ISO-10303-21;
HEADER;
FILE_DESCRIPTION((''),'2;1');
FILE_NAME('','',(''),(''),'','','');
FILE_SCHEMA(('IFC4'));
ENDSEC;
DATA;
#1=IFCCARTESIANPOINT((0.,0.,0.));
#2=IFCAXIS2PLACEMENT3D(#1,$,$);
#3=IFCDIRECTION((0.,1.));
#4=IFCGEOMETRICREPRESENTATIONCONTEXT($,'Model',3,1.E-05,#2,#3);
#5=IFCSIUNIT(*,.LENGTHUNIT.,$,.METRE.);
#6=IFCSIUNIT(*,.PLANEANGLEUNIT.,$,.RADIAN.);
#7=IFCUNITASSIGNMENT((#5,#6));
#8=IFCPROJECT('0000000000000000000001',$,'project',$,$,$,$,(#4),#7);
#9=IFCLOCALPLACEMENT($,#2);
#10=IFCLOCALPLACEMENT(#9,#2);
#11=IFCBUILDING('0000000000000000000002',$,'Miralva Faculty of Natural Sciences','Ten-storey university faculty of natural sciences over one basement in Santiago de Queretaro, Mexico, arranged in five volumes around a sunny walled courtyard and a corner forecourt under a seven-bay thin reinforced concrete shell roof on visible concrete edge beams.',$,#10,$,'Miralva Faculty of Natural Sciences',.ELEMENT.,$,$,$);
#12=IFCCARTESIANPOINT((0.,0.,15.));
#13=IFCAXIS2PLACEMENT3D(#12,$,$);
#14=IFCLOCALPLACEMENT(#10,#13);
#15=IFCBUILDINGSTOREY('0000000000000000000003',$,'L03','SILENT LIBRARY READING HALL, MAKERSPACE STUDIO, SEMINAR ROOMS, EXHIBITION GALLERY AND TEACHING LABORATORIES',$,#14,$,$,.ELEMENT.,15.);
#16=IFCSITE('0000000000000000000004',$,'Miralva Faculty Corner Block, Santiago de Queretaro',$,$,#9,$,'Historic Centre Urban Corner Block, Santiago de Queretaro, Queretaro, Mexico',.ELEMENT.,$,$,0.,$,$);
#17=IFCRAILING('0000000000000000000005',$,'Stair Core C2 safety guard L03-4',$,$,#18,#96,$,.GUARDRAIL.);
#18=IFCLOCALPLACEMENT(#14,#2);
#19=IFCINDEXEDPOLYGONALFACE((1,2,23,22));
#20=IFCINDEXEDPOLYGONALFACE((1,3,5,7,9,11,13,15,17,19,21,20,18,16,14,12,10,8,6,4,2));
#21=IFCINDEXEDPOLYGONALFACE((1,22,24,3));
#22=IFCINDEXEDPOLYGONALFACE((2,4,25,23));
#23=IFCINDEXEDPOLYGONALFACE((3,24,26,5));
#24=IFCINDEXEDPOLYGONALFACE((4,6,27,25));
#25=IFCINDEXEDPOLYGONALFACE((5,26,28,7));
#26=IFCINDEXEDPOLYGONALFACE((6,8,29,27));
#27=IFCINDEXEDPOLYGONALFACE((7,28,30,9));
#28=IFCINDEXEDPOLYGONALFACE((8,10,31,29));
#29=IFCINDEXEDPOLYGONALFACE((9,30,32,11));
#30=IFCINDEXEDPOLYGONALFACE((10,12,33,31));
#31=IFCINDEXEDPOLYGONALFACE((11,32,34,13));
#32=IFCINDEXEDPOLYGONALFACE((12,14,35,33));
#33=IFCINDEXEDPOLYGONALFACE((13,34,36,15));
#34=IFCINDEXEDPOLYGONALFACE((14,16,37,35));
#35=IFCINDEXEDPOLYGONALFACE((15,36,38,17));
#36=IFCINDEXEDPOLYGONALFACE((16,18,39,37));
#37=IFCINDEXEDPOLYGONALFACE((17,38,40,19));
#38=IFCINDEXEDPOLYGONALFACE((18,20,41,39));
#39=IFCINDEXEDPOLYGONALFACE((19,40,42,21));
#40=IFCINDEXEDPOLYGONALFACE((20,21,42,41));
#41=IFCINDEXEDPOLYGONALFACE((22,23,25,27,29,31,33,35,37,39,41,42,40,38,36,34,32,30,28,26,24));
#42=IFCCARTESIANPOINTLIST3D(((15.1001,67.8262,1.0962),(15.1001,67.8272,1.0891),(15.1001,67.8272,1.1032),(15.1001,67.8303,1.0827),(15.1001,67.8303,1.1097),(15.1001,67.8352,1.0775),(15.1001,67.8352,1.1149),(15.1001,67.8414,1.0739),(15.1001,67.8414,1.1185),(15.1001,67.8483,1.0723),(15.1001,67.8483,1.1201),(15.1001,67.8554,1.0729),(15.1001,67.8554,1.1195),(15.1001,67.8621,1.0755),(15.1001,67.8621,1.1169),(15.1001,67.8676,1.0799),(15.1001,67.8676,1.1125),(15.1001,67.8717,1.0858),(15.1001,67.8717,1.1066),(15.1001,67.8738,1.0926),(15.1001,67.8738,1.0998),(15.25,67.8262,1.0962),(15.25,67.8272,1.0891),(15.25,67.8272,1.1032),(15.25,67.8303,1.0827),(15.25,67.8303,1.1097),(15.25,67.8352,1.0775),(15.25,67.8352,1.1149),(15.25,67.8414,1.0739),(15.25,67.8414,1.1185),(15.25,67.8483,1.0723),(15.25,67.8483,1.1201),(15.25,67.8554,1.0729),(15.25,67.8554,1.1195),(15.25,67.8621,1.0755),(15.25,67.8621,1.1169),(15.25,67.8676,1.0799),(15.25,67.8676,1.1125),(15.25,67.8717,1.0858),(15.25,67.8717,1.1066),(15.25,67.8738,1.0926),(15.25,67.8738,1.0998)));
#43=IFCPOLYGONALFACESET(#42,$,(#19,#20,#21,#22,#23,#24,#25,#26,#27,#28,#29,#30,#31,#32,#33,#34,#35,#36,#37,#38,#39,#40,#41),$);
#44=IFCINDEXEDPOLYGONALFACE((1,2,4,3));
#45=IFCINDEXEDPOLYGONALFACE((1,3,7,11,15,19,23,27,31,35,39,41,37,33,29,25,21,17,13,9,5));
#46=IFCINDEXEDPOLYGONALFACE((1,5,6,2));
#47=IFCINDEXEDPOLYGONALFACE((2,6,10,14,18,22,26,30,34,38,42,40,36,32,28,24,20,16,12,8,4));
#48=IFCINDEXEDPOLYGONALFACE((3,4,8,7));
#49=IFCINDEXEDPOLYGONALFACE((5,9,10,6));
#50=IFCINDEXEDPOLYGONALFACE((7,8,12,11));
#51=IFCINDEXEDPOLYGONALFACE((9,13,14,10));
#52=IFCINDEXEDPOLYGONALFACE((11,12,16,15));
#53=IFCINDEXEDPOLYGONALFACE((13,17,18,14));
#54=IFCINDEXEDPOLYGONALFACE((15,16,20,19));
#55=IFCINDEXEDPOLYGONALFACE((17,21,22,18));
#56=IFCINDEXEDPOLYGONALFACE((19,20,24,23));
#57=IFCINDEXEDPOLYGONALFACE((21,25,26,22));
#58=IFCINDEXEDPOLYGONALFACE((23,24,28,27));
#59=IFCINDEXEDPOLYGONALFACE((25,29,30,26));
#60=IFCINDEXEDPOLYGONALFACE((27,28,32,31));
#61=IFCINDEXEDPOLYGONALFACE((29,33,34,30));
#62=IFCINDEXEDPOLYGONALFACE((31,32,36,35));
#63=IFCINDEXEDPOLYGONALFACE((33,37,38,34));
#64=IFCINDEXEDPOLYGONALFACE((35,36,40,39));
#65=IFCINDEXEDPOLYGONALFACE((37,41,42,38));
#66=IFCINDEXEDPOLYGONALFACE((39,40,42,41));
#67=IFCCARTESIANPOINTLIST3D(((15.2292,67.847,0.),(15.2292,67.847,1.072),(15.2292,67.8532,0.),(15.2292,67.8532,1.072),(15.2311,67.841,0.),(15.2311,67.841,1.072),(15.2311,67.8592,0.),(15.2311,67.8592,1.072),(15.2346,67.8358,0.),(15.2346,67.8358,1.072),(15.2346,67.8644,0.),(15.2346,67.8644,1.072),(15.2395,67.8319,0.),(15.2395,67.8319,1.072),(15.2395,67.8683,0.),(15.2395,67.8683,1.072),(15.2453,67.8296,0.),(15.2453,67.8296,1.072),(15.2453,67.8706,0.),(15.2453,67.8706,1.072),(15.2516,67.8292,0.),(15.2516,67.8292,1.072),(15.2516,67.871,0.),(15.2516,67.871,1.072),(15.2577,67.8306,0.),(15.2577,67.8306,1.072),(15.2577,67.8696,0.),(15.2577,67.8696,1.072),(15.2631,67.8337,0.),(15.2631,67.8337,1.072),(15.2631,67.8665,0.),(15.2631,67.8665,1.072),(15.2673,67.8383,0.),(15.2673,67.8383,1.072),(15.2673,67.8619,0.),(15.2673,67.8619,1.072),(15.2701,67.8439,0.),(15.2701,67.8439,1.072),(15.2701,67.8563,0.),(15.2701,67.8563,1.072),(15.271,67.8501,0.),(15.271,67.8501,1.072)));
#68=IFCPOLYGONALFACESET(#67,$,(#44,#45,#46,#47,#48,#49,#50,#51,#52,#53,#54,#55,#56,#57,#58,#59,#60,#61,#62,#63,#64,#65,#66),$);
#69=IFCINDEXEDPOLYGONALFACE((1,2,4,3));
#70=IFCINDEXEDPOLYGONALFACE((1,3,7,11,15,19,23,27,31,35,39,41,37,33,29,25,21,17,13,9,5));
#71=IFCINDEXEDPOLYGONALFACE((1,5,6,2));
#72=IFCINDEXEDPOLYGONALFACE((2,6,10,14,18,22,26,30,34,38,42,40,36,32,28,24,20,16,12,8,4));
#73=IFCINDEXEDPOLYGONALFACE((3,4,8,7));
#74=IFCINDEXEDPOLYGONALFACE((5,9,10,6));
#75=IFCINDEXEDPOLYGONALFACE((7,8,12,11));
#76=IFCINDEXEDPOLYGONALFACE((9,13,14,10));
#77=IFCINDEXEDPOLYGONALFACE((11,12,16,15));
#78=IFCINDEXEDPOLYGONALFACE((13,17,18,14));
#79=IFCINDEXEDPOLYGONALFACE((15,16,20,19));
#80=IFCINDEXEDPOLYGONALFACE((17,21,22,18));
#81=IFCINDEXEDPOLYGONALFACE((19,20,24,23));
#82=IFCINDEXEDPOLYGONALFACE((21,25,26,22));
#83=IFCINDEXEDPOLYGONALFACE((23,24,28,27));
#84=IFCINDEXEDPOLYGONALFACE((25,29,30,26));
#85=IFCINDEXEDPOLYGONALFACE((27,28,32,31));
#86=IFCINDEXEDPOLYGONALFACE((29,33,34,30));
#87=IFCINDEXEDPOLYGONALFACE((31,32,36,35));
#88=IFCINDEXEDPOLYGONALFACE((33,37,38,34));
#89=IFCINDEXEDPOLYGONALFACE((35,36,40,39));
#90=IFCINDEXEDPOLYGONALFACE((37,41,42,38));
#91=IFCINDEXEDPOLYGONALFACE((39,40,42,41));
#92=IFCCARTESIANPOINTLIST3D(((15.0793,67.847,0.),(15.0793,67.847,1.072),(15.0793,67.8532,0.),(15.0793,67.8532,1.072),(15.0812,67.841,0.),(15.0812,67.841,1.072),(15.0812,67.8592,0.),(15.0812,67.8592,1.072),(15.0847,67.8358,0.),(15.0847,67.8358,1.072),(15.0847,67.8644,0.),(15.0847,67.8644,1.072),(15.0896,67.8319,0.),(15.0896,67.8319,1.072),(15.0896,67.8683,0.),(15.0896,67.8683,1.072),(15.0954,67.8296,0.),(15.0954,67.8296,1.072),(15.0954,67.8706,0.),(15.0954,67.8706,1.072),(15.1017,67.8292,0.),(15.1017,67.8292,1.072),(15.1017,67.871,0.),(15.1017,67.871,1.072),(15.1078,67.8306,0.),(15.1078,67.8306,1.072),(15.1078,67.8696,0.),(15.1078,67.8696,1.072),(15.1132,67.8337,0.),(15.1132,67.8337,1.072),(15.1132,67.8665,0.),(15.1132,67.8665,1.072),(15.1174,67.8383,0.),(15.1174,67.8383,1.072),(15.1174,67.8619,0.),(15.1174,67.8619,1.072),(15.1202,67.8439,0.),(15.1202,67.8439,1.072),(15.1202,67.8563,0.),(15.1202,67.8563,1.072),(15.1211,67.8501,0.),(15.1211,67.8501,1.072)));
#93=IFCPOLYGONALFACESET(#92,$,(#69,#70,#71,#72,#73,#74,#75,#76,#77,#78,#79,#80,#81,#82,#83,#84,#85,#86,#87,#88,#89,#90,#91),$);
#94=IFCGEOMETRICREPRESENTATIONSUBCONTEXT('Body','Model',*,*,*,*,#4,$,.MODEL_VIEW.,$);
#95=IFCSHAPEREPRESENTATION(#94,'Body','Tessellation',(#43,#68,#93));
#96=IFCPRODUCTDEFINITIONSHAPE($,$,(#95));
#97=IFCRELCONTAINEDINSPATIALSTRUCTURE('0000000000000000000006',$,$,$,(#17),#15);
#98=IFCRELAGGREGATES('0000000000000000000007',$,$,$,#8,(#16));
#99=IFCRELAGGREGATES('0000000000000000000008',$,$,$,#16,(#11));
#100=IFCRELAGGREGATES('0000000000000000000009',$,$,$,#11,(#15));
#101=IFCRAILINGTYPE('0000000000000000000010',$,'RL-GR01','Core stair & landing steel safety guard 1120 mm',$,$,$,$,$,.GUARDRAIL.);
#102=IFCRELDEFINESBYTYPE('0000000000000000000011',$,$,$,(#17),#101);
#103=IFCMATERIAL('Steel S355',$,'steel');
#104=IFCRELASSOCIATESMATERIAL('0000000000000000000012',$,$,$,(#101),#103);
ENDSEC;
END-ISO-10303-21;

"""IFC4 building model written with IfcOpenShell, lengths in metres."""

from ifc_helpers import new_model, si_unit, direction, frame, origin, origin_2d, place, context, subcontext, project, spatial, circle, extrude, material, type_object, element, save


model = new_model("IFC4")

# Units and contexts
model_context = context("Model", 3, precision=1e-05, world=origin(), true_north=direction((0.0, 1.0)))
body_context = subcontext(model_context, "Body", "Model", "MODEL_VIEW")
ifc_project = project(units=[si_unit("LENGTHUNIT", "METRE"), si_unit("PLANEANGLEUNIT", "RADIAN")], contexts=[model_context])

# Site, building, storey
site_placement = place(None, origin())
site = spatial("IfcSite", under=ifc_project, at=site_placement, Name="Miralva Faculty Corner Block, Santiago de Queretaro", LongName="Historic Centre Urban Corner Block, Santiago de Queretaro, Queretaro, Mexico", CompositionType="ELEMENT", RefElevation=0.0)
building_placement = place(site_placement, origin())
building = spatial("IfcBuilding", under=site, at=building_placement, Name="Miralva Faculty of Natural Sciences", Description="Ten-storey university faculty of natural sciences over one basement in Santiago de Queretaro, Mexico, arranged in five volumes around a sunny walled courtyard and a corner forecourt under a seven-bay thin reinforced concrete shell roof on visible concrete edge beams.", LongName="Miralva Faculty of Natural Sciences", CompositionType="ELEMENT")
storey_placement = place(building_placement, frame((0.0, 0.0, 15.0)))
storey = spatial("IfcBuildingStorey", under=building, at=storey_placement, Name="L03", Description="SILENT LIBRARY READING HALL, MAKERSPACE STUDIO, SEMINAR ROOMS, EXHIBITION GALLERY AND TEACHING LABORATORIES", CompositionType="ELEMENT", Elevation=15.0)

# Railing
ifc_material_1 = material(Name="Steel S355", Category="steel")
railing_type_1 = type_object("IfcRailingType", Name="RL-GR01", Description="Core stair & landing steel safety guard 1120 mm", PredefinedType="GUARDRAIL", material=ifc_material_1)
railing_1_placement = place(storey_placement, frame((15.25, 67.8501, 0.0)))
element("IfcRailing", 1, at=railing_1_placement, inside=storey, type_object=railing_type_1, Name="Stair Core C2 safety guard L03-4", PredefinedType="GUARDRAIL", context=body_context, shape_type="SweptSolid", body=[
    extrude(circle(Radius=0.0239, at=origin_2d()), frame((0.0, 0.0, 1.0962), z_axis=(-1.0, 0.0, 0.0), x_axis=(0.0, -1.0, 0.0)), (0.0, 0.0, 1.0), 0.1499),
    extrude(circle(Radius=0.021, at=origin_2d()), origin(), (0.0, 0.0, 1.0), 1.072),
    extrude(circle(Radius=0.021, at=origin_2d()), frame((-0.1499, 0.0, 0.0)), (0.0, 0.0, 1.0), 1.072),
])

save(model, "model.ifc")
